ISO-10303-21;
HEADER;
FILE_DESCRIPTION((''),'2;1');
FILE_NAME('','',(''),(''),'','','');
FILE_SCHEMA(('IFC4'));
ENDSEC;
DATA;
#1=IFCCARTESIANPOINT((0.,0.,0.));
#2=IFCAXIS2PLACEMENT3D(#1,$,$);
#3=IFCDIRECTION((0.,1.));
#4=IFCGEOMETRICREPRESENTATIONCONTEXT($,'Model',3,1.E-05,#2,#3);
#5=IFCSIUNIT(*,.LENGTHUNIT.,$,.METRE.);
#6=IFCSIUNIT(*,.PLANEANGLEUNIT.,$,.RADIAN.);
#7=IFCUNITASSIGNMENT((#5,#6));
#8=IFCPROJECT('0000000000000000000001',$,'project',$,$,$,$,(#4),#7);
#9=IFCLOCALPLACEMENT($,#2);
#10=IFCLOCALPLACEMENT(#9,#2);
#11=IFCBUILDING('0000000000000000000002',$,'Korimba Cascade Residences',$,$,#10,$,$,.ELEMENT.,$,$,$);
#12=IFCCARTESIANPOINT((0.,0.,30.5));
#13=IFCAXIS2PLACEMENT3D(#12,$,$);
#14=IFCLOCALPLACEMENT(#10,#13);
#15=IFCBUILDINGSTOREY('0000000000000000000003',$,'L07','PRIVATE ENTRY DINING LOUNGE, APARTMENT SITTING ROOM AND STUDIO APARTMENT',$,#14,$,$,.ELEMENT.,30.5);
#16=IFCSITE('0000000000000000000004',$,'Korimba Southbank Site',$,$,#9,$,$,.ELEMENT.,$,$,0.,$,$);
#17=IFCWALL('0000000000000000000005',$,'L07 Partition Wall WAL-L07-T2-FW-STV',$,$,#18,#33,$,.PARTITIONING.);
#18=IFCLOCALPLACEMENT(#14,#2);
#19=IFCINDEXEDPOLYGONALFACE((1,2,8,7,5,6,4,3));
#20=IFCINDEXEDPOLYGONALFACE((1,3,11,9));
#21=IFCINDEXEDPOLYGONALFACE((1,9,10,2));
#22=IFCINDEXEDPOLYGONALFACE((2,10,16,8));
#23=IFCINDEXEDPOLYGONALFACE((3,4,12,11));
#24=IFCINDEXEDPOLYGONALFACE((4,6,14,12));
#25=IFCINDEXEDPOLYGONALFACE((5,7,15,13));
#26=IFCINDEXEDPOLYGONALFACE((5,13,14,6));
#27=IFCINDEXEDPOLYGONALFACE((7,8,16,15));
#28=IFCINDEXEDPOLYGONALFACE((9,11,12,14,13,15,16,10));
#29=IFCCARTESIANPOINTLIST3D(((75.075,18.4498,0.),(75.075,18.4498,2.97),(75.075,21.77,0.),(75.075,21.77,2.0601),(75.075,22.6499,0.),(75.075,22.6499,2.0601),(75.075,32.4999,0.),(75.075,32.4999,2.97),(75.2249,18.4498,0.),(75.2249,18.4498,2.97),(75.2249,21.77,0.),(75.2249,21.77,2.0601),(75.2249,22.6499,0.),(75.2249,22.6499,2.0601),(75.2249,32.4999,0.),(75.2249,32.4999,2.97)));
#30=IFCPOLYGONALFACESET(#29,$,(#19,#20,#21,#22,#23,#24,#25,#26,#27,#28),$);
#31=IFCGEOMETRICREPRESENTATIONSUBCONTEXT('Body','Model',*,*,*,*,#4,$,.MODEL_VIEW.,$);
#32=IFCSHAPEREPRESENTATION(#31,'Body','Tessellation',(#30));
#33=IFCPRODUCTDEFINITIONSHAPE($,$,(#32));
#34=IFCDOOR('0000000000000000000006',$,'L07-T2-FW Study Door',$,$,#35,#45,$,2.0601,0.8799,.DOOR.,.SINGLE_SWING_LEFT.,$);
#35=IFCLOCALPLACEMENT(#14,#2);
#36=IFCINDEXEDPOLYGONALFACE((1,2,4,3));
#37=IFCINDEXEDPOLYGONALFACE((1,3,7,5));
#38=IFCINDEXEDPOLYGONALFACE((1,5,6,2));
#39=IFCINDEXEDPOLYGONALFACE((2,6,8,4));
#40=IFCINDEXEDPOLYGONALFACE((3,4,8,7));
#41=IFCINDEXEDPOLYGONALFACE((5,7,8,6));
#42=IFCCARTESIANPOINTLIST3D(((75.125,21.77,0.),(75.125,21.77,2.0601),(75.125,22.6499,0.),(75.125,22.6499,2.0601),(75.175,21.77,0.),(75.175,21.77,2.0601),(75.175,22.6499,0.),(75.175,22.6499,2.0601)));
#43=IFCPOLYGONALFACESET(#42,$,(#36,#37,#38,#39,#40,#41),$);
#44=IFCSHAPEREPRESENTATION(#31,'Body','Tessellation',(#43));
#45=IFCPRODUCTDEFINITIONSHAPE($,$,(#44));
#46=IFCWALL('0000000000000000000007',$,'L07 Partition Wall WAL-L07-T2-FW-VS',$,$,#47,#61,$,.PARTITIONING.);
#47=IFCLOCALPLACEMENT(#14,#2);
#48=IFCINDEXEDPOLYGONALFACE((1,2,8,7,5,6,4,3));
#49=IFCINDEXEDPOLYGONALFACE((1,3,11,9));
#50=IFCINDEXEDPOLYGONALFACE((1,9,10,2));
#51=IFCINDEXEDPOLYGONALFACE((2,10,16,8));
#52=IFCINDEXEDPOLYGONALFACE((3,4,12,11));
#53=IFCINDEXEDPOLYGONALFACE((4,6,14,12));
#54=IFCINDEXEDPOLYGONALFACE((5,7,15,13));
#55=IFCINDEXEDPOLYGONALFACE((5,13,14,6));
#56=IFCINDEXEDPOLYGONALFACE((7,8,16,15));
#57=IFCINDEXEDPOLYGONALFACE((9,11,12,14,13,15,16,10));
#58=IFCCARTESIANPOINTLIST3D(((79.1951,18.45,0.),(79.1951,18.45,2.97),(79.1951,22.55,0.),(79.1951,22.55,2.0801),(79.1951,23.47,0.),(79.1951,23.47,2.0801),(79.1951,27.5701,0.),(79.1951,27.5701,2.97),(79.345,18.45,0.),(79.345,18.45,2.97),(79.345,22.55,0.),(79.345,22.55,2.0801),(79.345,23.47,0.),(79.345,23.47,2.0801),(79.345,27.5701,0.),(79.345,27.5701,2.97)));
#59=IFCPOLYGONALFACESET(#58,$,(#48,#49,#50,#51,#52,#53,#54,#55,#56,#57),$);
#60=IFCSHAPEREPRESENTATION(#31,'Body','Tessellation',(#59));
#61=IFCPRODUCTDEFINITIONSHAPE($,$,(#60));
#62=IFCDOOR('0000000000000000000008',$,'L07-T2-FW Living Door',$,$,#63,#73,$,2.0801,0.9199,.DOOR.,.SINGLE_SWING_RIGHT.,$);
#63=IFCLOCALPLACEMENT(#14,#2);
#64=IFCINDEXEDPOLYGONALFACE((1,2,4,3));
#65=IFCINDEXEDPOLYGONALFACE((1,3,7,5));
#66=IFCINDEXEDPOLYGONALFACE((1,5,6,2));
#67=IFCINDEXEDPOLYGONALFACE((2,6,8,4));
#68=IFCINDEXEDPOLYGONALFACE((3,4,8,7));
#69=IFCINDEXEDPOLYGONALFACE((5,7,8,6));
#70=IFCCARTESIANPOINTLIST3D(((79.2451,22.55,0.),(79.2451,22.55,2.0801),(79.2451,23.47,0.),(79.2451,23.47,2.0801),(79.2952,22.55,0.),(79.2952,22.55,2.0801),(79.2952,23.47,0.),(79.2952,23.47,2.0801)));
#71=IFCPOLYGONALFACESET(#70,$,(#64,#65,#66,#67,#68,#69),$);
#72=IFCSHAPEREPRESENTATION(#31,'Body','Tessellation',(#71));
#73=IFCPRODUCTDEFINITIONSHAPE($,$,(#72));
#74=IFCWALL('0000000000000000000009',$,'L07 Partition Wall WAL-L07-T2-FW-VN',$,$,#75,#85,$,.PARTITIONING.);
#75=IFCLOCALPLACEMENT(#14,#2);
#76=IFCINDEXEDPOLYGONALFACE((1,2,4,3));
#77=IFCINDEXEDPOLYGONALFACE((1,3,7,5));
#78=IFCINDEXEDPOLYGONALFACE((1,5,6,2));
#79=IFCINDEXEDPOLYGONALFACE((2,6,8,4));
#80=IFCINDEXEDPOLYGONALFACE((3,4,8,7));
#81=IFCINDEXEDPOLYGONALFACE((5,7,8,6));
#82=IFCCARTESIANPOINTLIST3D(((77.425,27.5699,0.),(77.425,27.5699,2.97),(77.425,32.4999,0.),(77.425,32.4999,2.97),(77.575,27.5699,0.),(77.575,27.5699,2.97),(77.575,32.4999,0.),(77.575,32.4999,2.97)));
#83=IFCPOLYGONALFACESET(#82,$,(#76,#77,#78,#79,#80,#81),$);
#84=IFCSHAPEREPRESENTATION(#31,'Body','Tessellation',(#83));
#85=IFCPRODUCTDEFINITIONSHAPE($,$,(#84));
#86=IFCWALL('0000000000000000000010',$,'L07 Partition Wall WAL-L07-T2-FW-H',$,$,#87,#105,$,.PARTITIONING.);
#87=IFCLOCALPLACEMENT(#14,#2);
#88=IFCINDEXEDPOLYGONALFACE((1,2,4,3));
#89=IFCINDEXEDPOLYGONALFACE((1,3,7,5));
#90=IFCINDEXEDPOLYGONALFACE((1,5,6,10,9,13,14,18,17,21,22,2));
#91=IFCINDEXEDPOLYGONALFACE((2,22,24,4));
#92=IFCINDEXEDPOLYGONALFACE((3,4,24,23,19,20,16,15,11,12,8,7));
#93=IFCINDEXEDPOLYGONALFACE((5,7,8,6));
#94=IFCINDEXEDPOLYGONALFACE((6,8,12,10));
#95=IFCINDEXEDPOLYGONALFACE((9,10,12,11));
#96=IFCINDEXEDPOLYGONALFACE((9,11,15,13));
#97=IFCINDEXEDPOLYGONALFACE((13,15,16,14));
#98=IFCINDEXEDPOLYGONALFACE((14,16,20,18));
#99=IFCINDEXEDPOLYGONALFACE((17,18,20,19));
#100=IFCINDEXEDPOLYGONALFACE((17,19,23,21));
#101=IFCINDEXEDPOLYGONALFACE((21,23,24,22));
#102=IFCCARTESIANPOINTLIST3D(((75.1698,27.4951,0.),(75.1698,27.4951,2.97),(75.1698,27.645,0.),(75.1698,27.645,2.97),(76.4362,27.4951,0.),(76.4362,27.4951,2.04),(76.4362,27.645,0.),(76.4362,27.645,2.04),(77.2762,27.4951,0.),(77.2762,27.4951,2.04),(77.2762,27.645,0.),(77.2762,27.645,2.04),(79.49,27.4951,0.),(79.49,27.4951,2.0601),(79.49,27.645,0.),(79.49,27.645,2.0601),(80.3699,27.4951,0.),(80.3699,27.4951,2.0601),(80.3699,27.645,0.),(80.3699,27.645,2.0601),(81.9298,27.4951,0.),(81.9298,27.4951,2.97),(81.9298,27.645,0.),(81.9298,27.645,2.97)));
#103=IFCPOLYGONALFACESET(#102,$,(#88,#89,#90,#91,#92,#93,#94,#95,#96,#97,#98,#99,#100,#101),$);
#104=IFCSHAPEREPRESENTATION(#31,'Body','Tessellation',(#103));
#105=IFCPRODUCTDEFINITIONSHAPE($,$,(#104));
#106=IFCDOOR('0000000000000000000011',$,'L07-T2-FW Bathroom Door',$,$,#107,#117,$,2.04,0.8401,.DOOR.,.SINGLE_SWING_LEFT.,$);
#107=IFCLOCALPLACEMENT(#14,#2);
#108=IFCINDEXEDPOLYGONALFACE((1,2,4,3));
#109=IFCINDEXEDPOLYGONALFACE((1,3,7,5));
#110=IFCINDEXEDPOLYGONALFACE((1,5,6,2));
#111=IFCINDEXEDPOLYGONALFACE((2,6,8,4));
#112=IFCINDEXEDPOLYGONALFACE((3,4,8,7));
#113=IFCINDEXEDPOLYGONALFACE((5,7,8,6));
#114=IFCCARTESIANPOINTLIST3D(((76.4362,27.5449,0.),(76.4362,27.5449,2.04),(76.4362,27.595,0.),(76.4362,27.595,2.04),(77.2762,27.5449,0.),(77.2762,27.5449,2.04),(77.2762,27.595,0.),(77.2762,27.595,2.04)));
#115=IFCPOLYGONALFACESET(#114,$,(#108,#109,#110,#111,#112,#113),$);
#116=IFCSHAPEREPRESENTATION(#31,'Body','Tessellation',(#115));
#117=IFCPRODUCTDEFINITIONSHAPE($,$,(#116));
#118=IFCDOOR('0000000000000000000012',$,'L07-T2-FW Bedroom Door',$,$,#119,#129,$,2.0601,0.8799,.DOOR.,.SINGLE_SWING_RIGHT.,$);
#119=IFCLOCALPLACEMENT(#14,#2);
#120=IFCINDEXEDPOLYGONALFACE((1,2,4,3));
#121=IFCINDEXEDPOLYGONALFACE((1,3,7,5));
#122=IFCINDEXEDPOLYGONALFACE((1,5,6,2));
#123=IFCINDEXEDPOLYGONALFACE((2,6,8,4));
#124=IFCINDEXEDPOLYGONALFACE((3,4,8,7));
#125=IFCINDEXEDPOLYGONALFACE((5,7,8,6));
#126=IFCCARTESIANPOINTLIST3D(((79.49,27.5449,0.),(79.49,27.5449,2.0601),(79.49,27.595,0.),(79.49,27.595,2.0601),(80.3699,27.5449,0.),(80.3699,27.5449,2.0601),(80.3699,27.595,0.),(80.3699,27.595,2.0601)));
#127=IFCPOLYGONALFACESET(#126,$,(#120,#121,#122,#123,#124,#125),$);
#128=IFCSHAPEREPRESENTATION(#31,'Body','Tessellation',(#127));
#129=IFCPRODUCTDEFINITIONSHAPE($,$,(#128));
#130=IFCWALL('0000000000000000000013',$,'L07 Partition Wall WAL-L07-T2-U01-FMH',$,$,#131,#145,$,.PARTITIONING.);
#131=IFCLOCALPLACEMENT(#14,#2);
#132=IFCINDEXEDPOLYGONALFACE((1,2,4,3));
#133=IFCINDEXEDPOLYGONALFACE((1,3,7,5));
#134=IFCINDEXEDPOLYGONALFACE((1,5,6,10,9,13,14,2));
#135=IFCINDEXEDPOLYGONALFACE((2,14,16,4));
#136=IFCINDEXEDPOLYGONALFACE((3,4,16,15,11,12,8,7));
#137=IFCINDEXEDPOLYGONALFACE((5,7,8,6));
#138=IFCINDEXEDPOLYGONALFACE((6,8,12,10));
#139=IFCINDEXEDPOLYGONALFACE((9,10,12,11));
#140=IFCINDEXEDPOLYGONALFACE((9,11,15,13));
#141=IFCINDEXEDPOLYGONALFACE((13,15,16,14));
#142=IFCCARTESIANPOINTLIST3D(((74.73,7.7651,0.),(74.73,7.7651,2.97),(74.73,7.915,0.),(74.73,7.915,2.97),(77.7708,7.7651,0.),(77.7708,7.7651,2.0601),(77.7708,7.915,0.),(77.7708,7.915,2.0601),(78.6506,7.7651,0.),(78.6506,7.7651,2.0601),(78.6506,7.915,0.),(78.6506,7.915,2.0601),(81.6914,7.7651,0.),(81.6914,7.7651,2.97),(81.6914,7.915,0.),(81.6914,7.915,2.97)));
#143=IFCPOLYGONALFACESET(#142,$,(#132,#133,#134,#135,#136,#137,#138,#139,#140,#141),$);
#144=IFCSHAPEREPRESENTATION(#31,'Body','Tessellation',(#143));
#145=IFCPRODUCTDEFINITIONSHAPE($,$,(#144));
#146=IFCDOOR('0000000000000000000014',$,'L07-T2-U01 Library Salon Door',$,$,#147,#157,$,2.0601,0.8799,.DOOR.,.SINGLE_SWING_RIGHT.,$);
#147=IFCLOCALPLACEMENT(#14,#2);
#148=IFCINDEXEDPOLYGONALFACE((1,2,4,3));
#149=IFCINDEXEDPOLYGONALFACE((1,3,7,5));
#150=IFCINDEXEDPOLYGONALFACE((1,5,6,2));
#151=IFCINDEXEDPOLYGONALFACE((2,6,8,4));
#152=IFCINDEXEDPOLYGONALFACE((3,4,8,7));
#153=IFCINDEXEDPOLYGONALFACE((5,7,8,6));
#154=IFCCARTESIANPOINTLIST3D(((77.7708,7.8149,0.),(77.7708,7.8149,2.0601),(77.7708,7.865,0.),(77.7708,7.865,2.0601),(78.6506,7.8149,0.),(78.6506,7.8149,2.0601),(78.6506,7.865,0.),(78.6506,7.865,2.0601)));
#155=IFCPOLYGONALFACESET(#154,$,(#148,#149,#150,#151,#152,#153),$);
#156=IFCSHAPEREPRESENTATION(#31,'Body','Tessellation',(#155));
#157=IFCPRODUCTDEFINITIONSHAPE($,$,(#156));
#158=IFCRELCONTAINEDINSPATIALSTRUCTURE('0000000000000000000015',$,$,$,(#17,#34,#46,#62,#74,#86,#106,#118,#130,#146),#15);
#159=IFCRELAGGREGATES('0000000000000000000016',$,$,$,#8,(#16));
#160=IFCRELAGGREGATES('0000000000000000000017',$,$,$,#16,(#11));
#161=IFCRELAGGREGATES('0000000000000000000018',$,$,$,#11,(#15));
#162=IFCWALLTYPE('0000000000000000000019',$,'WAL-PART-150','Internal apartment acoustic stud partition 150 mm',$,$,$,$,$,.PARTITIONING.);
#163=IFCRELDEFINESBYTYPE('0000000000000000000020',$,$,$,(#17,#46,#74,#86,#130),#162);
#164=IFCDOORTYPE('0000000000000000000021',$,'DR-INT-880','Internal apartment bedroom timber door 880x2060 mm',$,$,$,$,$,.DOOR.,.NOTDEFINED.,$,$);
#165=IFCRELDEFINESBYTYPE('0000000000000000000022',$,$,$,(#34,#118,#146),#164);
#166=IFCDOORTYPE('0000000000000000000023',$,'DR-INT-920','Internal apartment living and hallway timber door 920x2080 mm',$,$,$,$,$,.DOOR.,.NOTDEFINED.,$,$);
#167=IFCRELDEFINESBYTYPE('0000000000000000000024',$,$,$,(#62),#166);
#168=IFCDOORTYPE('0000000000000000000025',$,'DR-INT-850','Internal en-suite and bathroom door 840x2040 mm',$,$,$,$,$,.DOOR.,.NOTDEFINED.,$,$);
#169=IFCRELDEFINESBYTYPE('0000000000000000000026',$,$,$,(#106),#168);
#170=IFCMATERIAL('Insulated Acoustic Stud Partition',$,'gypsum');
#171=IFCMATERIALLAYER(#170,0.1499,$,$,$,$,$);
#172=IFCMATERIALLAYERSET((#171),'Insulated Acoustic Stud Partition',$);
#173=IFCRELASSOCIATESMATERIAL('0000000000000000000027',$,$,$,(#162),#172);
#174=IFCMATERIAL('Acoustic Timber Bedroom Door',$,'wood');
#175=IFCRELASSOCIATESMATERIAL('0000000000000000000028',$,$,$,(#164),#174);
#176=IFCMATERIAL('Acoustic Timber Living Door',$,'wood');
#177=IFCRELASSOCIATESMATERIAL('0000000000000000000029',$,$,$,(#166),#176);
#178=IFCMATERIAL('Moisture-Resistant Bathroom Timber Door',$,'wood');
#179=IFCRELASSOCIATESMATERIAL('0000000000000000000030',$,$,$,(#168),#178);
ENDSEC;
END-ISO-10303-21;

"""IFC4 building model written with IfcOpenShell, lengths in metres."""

from ifc_helpers import new_model, si_unit, direction, frame, frame_2d, origin, place, context, subcontext, project, spatial, rectangle, extrude, material, layer, layer_set, type_object, element, fill, save


model = new_model("IFC4")

# Units and contexts
model_context = context("Model", 3, precision=1e-05, world=origin(), true_north=direction((0.0, 1.0)))
body_context = subcontext(model_context, "Body", "Model", "MODEL_VIEW")
ifc_project = project(units=[si_unit("LENGTHUNIT", "METRE"), si_unit("PLANEANGLEUNIT", "RADIAN")], contexts=[model_context])

# Site, building, storey
site_placement = place(None, origin())
site = spatial("IfcSite", under=ifc_project, at=site_placement, Name="Korimba Southbank Site", CompositionType="ELEMENT", RefElevation=0.0)
building_placement = place(site_placement, origin())
building = spatial("IfcBuilding", under=site, at=building_placement, Name="Korimba Cascade Residences", CompositionType="ELEMENT")
storey_placement = place(building_placement, frame((0.0, 0.0, 30.5)))
storey = spatial("IfcBuildingStorey", under=building, at=storey_placement, Name="L07", Description="PRIVATE ENTRY DINING LOUNGE, APARTMENT SITTING ROOM AND STUDIO APARTMENT", CompositionType="ELEMENT", Elevation=30.5)

# Shared definitions
ifc_material_1 = material(Name="Insulated Acoustic Stud Partition", Category="gypsum")
ifc_layer_1 = layer(ifc_material_1, 0.1499)
ifc_layer_set_1 = layer_set([ifc_layer_1], Name="Insulated Acoustic Stud Partition")
wall_type_1 = type_object("IfcWallType", Name="WAL-PART-150", Description="Internal apartment acoustic stud partition 150 mm", PredefinedType="PARTITIONING", material=ifc_layer_set_1)

# Walls, openings, doors
wall_1_placement = place(storey_placement, frame((75.1499, 18.45, 0.0), z_axis=(0.0, 0.0, 1.0), x_axis=(0.0, 1.0, 0.0)))
wall_1 = element("IfcWall", 1, at=wall_1_placement, inside=storey, type_object=wall_type_1, Name="L07 Partition Wall WAL-L07-T2-FW-STV", PredefinedType="PARTITIONING", context=body_context, shape_type="SweptSolid", body=[
    extrude(rectangle(XDim=14.05, YDim=0.1499, at=frame_2d((7.0249, 0.0))), origin(), (0.0, 0.0, 1.0), 2.97),
])
opening_1_placement = place(wall_1_placement, frame((3.3201, 0.0, 0.0)))
opening_1 = element("IfcOpeningElement", 2, at=opening_1_placement, cuts=wall_1, PredefinedType="OPENING", context=body_context, shape_type="SweptSolid", body=[
    extrude(rectangle(XDim=0.8799, YDim=2.0601, at=frame_2d((0.4399, 1.03))), frame((0.0, 0.085, 0.0), z_axis=(0.0, -1.0, 0.0), x_axis=(1.0, 0.0, 0.0)), (0.0, 0.0, 1.0), 0.1699),
])
ifc_material_2 = material(Name="Acoustic Timber Bedroom Door", Category="wood")
door_type_1 = type_object("IfcDoorType", Name="DR-INT-880", Description="Internal apartment bedroom timber door 880x2060 mm", OperationType="NOTDEFINED", PredefinedType="DOOR", material=ifc_material_2)
door_1_placement = place(opening_1_placement, origin())
door_1 = element("IfcDoor", 3, at=door_1_placement, inside=storey, type_object=door_type_1, Name="L07-T2-FW Study Door", OperationType="SINGLE_SWING_LEFT", OverallHeight=2.0601, OverallWidth=0.8799, PredefinedType="DOOR", context=body_context, shape_type="SweptSolid", body=[
    extrude(rectangle(XDim=0.8799, YDim=2.0601, at=frame_2d((0.4399, 1.03))), frame((0.0, 0.0249, 0.0), z_axis=(0.0, -1.0, 0.0), x_axis=(1.0, 0.0, 0.0)), (0.0, 0.0, 1.0), 0.05),
])
fill(opening_1, door_1)
wall_2_placement = place(storey_placement, frame((79.27, 18.45, 0.0), z_axis=(0.0, 0.0, 1.0), x_axis=(0.0, 1.0, 0.0)))
wall_2 = element("IfcWall", 4, at=wall_2_placement, inside=storey, type_object=wall_type_1, Name="L07 Partition Wall WAL-L07-T2-FW-VS", PredefinedType="PARTITIONING", context=body_context, shape_type="SweptSolid", body=[
    extrude(rectangle(XDim=9.1201, YDim=0.1499, at=frame_2d((4.5601, 0.0))), origin(), (0.0, 0.0, 1.0), 2.97),
])
opening_2_placement = place(wall_2_placement, frame((4.1001, 0.0, 0.0)))
opening_2 = element("IfcOpeningElement", 5, at=opening_2_placement, cuts=wall_2, PredefinedType="OPENING", context=body_context, shape_type="SweptSolid", body=[
    extrude(rectangle(XDim=0.9199, YDim=2.0801, at=frame_2d((0.46, 1.04))), frame((0.0, 0.085, 0.0), z_axis=(0.0, -1.0, 0.0), x_axis=(1.0, 0.0, 0.0)), (0.0, 0.0, 1.0), 0.1699),
])
ifc_material_3 = material(Name="Acoustic Timber Living Door", Category="wood")
door_type_2 = type_object("IfcDoorType", Name="DR-INT-920", Description="Internal apartment living and hallway timber door 920x2080 mm", OperationType="NOTDEFINED", PredefinedType="DOOR", material=ifc_material_3)
door_2_placement = place(opening_2_placement, origin())
door_2 = element("IfcDoor", 6, at=door_2_placement, inside=storey, type_object=door_type_2, Name="L07-T2-FW Living Door", OperationType="SINGLE_SWING_RIGHT", OverallHeight=2.0801, OverallWidth=0.9199, PredefinedType="DOOR", context=body_context, shape_type="SweptSolid", body=[
    extrude(rectangle(XDim=0.9199, YDim=2.0801, at=frame_2d((0.46, 1.04))), frame((0.0, 0.0249, 0.0), z_axis=(0.0, -1.0, 0.0), x_axis=(1.0, 0.0, 0.0)), (0.0, 0.0, 1.0), 0.05),
])
fill(opening_2, door_2)

# Wall
wall_3_placement = place(storey_placement, frame((77.5, 27.5701, 0.0), z_axis=(0.0, 0.0, 1.0), x_axis=(0.0, 1.0, 0.0)))
element("IfcWall", 7, at=wall_3_placement, inside=storey, type_object=wall_type_1, Name="L07 Partition Wall WAL-L07-T2-FW-VN", PredefinedType="PARTITIONING", context=body_context, shape_type="SweptSolid", body=[
    extrude(rectangle(XDim=4.9299, YDim=0.1499, at=frame_2d((2.4648, 0.0))), origin(), (0.0, 0.0, 1.0), 2.97),
])

# Wall, openings, doors
wall_4_placement = place(storey_placement, frame((75.1699, 27.5701, 0.0), z_axis=(0.0, 0.0, 1.0), x_axis=(1.0, 0.0, 0.0)))
wall_4 = element("IfcWall", 8, at=wall_4_placement, inside=storey, type_object=wall_type_1, Name="L07 Partition Wall WAL-L07-T2-FW-H", PredefinedType="PARTITIONING", context=body_context, shape_type="SweptSolid", body=[
    extrude(rectangle(XDim=6.76, YDim=0.1499, at=frame_2d((3.3799, 0.0))), origin(), (0.0, 0.0, 1.0), 2.97),
])
opening_3_placement = place(wall_4_placement, frame((1.2664, 0.0, 0.0)))
opening_3 = element("IfcOpeningElement", 9, at=opening_3_placement, cuts=wall_4, PredefinedType="OPENING", context=body_context, shape_type="SweptSolid", body=[
    extrude(rectangle(XDim=0.8401, YDim=2.04, at=frame_2d((0.4199, 1.02))), frame((0.0, 0.085, 0.0), z_axis=(0.0, -1.0, 0.0), x_axis=(1.0, 0.0, 0.0)), (0.0, 0.0, 1.0), 0.1699),
])
opening_4_placement = place(wall_4_placement, frame((4.3201, 0.0, 0.0)))
opening_4 = element("IfcOpeningElement", 10, at=opening_4_placement, cuts=wall_4, PredefinedType="OPENING", context=body_context, shape_type="SweptSolid", body=[
    extrude(rectangle(XDim=0.8799, YDim=2.0601, at=frame_2d((0.4399, 1.03))), frame((0.0, 0.085, 0.0), z_axis=(0.0, -1.0, 0.0), x_axis=(1.0, 0.0, 0.0)), (0.0, 0.0, 1.0), 0.1699),
])
ifc_material_4 = material(Name="Moisture-Resistant Bathroom Timber Door", Category="wood")
door_type_3 = type_object("IfcDoorType", Name="DR-INT-850", Description="Internal en-suite and bathroom door 840x2040 mm", OperationType="NOTDEFINED", PredefinedType="DOOR", material=ifc_material_4)
door_3_placement = place(opening_3_placement, origin())
door_3 = element("IfcDoor", 11, at=door_3_placement, inside=storey, type_object=door_type_3, Name="L07-T2-FW Bathroom Door", OperationType="SINGLE_SWING_LEFT", OverallHeight=2.04, OverallWidth=0.8401, PredefinedType="DOOR", context=body_context, shape_type="SweptSolid", body=[
    extrude(rectangle(XDim=0.8401, YDim=2.04, at=frame_2d((0.4199, 1.02))), frame((0.0, 0.0249, 0.0), z_axis=(0.0, -1.0, 0.0), x_axis=(1.0, 0.0, 0.0)), (0.0, 0.0, 1.0), 0.05),
])
fill(opening_3, door_3)
door_4_placement = place(opening_4_placement, origin())
door_4 = element("IfcDoor", 12, at=door_4_placement, inside=storey, type_object=door_type_1, Name="L07-T2-FW Bedroom Door", OperationType="SINGLE_SWING_RIGHT", OverallHeight=2.0601, OverallWidth=0.8799, PredefinedType="DOOR", context=body_context, shape_type="SweptSolid", body=[
    extrude(rectangle(XDim=0.8799, YDim=2.0601, at=frame_2d((0.4399, 1.03))), frame((0.0, 0.0249, 0.0), z_axis=(0.0, -1.0, 0.0), x_axis=(1.0, 0.0, 0.0)), (0.0, 0.0, 1.0), 0.05),
])
fill(opening_4, door_4)

# Wall, opening, door
wall_5_placement = place(storey_placement, frame((74.73, 7.8401, 0.0), z_axis=(0.0, 0.0, 1.0), x_axis=(1.0, 0.0, 0.0)))
wall_5 = element("IfcWall", 13, at=wall_5_placement, inside=storey, type_object=wall_type_1, Name="L07 Partition Wall WAL-L07-T2-U01-FMH", PredefinedType="PARTITIONING", context=body_context, shape_type="SweptSolid", body=[
    extrude(rectangle(XDim=6.9614, YDim=0.1499, at=frame_2d((3.4807, 0.0))), origin(), (0.0, 0.0, 1.0), 2.97),
])
opening_5_placement = place(wall_5_placement, frame((3.0408, 0.0, 0.0)))
opening_5 = element("IfcOpeningElement", 14, at=opening_5_placement, cuts=wall_5, PredefinedType="OPENING", context=body_context, shape_type="SweptSolid", body=[
    extrude(rectangle(XDim=0.8799, YDim=2.0601, at=frame_2d((0.4399, 1.03))), frame((0.0, 0.085, 0.0), z_axis=(0.0, -1.0, 0.0), x_axis=(1.0, 0.0, 0.0)), (0.0, 0.0, 1.0), 0.1699),
])
door_5_placement = place(opening_5_placement, origin())
door_5 = element("IfcDoor", 15, at=door_5_placement, inside=storey, type_object=door_type_1, Name="L07-T2-U01 Library Salon Door", OperationType="SINGLE_SWING_RIGHT", OverallHeight=2.0601, OverallWidth=0.8799, PredefinedType="DOOR", context=body_context, shape_type="SweptSolid", body=[
    extrude(rectangle(XDim=0.8799, YDim=2.0601, at=frame_2d((0.4399, 1.03))), frame((0.0, 0.0249, 0.0), z_axis=(0.0, -1.0, 0.0), x_axis=(1.0, 0.0, 0.0)), (0.0, 0.0, 1.0), 0.05),
])
fill(opening_5, door_5)

save(model, "model.ifc")
